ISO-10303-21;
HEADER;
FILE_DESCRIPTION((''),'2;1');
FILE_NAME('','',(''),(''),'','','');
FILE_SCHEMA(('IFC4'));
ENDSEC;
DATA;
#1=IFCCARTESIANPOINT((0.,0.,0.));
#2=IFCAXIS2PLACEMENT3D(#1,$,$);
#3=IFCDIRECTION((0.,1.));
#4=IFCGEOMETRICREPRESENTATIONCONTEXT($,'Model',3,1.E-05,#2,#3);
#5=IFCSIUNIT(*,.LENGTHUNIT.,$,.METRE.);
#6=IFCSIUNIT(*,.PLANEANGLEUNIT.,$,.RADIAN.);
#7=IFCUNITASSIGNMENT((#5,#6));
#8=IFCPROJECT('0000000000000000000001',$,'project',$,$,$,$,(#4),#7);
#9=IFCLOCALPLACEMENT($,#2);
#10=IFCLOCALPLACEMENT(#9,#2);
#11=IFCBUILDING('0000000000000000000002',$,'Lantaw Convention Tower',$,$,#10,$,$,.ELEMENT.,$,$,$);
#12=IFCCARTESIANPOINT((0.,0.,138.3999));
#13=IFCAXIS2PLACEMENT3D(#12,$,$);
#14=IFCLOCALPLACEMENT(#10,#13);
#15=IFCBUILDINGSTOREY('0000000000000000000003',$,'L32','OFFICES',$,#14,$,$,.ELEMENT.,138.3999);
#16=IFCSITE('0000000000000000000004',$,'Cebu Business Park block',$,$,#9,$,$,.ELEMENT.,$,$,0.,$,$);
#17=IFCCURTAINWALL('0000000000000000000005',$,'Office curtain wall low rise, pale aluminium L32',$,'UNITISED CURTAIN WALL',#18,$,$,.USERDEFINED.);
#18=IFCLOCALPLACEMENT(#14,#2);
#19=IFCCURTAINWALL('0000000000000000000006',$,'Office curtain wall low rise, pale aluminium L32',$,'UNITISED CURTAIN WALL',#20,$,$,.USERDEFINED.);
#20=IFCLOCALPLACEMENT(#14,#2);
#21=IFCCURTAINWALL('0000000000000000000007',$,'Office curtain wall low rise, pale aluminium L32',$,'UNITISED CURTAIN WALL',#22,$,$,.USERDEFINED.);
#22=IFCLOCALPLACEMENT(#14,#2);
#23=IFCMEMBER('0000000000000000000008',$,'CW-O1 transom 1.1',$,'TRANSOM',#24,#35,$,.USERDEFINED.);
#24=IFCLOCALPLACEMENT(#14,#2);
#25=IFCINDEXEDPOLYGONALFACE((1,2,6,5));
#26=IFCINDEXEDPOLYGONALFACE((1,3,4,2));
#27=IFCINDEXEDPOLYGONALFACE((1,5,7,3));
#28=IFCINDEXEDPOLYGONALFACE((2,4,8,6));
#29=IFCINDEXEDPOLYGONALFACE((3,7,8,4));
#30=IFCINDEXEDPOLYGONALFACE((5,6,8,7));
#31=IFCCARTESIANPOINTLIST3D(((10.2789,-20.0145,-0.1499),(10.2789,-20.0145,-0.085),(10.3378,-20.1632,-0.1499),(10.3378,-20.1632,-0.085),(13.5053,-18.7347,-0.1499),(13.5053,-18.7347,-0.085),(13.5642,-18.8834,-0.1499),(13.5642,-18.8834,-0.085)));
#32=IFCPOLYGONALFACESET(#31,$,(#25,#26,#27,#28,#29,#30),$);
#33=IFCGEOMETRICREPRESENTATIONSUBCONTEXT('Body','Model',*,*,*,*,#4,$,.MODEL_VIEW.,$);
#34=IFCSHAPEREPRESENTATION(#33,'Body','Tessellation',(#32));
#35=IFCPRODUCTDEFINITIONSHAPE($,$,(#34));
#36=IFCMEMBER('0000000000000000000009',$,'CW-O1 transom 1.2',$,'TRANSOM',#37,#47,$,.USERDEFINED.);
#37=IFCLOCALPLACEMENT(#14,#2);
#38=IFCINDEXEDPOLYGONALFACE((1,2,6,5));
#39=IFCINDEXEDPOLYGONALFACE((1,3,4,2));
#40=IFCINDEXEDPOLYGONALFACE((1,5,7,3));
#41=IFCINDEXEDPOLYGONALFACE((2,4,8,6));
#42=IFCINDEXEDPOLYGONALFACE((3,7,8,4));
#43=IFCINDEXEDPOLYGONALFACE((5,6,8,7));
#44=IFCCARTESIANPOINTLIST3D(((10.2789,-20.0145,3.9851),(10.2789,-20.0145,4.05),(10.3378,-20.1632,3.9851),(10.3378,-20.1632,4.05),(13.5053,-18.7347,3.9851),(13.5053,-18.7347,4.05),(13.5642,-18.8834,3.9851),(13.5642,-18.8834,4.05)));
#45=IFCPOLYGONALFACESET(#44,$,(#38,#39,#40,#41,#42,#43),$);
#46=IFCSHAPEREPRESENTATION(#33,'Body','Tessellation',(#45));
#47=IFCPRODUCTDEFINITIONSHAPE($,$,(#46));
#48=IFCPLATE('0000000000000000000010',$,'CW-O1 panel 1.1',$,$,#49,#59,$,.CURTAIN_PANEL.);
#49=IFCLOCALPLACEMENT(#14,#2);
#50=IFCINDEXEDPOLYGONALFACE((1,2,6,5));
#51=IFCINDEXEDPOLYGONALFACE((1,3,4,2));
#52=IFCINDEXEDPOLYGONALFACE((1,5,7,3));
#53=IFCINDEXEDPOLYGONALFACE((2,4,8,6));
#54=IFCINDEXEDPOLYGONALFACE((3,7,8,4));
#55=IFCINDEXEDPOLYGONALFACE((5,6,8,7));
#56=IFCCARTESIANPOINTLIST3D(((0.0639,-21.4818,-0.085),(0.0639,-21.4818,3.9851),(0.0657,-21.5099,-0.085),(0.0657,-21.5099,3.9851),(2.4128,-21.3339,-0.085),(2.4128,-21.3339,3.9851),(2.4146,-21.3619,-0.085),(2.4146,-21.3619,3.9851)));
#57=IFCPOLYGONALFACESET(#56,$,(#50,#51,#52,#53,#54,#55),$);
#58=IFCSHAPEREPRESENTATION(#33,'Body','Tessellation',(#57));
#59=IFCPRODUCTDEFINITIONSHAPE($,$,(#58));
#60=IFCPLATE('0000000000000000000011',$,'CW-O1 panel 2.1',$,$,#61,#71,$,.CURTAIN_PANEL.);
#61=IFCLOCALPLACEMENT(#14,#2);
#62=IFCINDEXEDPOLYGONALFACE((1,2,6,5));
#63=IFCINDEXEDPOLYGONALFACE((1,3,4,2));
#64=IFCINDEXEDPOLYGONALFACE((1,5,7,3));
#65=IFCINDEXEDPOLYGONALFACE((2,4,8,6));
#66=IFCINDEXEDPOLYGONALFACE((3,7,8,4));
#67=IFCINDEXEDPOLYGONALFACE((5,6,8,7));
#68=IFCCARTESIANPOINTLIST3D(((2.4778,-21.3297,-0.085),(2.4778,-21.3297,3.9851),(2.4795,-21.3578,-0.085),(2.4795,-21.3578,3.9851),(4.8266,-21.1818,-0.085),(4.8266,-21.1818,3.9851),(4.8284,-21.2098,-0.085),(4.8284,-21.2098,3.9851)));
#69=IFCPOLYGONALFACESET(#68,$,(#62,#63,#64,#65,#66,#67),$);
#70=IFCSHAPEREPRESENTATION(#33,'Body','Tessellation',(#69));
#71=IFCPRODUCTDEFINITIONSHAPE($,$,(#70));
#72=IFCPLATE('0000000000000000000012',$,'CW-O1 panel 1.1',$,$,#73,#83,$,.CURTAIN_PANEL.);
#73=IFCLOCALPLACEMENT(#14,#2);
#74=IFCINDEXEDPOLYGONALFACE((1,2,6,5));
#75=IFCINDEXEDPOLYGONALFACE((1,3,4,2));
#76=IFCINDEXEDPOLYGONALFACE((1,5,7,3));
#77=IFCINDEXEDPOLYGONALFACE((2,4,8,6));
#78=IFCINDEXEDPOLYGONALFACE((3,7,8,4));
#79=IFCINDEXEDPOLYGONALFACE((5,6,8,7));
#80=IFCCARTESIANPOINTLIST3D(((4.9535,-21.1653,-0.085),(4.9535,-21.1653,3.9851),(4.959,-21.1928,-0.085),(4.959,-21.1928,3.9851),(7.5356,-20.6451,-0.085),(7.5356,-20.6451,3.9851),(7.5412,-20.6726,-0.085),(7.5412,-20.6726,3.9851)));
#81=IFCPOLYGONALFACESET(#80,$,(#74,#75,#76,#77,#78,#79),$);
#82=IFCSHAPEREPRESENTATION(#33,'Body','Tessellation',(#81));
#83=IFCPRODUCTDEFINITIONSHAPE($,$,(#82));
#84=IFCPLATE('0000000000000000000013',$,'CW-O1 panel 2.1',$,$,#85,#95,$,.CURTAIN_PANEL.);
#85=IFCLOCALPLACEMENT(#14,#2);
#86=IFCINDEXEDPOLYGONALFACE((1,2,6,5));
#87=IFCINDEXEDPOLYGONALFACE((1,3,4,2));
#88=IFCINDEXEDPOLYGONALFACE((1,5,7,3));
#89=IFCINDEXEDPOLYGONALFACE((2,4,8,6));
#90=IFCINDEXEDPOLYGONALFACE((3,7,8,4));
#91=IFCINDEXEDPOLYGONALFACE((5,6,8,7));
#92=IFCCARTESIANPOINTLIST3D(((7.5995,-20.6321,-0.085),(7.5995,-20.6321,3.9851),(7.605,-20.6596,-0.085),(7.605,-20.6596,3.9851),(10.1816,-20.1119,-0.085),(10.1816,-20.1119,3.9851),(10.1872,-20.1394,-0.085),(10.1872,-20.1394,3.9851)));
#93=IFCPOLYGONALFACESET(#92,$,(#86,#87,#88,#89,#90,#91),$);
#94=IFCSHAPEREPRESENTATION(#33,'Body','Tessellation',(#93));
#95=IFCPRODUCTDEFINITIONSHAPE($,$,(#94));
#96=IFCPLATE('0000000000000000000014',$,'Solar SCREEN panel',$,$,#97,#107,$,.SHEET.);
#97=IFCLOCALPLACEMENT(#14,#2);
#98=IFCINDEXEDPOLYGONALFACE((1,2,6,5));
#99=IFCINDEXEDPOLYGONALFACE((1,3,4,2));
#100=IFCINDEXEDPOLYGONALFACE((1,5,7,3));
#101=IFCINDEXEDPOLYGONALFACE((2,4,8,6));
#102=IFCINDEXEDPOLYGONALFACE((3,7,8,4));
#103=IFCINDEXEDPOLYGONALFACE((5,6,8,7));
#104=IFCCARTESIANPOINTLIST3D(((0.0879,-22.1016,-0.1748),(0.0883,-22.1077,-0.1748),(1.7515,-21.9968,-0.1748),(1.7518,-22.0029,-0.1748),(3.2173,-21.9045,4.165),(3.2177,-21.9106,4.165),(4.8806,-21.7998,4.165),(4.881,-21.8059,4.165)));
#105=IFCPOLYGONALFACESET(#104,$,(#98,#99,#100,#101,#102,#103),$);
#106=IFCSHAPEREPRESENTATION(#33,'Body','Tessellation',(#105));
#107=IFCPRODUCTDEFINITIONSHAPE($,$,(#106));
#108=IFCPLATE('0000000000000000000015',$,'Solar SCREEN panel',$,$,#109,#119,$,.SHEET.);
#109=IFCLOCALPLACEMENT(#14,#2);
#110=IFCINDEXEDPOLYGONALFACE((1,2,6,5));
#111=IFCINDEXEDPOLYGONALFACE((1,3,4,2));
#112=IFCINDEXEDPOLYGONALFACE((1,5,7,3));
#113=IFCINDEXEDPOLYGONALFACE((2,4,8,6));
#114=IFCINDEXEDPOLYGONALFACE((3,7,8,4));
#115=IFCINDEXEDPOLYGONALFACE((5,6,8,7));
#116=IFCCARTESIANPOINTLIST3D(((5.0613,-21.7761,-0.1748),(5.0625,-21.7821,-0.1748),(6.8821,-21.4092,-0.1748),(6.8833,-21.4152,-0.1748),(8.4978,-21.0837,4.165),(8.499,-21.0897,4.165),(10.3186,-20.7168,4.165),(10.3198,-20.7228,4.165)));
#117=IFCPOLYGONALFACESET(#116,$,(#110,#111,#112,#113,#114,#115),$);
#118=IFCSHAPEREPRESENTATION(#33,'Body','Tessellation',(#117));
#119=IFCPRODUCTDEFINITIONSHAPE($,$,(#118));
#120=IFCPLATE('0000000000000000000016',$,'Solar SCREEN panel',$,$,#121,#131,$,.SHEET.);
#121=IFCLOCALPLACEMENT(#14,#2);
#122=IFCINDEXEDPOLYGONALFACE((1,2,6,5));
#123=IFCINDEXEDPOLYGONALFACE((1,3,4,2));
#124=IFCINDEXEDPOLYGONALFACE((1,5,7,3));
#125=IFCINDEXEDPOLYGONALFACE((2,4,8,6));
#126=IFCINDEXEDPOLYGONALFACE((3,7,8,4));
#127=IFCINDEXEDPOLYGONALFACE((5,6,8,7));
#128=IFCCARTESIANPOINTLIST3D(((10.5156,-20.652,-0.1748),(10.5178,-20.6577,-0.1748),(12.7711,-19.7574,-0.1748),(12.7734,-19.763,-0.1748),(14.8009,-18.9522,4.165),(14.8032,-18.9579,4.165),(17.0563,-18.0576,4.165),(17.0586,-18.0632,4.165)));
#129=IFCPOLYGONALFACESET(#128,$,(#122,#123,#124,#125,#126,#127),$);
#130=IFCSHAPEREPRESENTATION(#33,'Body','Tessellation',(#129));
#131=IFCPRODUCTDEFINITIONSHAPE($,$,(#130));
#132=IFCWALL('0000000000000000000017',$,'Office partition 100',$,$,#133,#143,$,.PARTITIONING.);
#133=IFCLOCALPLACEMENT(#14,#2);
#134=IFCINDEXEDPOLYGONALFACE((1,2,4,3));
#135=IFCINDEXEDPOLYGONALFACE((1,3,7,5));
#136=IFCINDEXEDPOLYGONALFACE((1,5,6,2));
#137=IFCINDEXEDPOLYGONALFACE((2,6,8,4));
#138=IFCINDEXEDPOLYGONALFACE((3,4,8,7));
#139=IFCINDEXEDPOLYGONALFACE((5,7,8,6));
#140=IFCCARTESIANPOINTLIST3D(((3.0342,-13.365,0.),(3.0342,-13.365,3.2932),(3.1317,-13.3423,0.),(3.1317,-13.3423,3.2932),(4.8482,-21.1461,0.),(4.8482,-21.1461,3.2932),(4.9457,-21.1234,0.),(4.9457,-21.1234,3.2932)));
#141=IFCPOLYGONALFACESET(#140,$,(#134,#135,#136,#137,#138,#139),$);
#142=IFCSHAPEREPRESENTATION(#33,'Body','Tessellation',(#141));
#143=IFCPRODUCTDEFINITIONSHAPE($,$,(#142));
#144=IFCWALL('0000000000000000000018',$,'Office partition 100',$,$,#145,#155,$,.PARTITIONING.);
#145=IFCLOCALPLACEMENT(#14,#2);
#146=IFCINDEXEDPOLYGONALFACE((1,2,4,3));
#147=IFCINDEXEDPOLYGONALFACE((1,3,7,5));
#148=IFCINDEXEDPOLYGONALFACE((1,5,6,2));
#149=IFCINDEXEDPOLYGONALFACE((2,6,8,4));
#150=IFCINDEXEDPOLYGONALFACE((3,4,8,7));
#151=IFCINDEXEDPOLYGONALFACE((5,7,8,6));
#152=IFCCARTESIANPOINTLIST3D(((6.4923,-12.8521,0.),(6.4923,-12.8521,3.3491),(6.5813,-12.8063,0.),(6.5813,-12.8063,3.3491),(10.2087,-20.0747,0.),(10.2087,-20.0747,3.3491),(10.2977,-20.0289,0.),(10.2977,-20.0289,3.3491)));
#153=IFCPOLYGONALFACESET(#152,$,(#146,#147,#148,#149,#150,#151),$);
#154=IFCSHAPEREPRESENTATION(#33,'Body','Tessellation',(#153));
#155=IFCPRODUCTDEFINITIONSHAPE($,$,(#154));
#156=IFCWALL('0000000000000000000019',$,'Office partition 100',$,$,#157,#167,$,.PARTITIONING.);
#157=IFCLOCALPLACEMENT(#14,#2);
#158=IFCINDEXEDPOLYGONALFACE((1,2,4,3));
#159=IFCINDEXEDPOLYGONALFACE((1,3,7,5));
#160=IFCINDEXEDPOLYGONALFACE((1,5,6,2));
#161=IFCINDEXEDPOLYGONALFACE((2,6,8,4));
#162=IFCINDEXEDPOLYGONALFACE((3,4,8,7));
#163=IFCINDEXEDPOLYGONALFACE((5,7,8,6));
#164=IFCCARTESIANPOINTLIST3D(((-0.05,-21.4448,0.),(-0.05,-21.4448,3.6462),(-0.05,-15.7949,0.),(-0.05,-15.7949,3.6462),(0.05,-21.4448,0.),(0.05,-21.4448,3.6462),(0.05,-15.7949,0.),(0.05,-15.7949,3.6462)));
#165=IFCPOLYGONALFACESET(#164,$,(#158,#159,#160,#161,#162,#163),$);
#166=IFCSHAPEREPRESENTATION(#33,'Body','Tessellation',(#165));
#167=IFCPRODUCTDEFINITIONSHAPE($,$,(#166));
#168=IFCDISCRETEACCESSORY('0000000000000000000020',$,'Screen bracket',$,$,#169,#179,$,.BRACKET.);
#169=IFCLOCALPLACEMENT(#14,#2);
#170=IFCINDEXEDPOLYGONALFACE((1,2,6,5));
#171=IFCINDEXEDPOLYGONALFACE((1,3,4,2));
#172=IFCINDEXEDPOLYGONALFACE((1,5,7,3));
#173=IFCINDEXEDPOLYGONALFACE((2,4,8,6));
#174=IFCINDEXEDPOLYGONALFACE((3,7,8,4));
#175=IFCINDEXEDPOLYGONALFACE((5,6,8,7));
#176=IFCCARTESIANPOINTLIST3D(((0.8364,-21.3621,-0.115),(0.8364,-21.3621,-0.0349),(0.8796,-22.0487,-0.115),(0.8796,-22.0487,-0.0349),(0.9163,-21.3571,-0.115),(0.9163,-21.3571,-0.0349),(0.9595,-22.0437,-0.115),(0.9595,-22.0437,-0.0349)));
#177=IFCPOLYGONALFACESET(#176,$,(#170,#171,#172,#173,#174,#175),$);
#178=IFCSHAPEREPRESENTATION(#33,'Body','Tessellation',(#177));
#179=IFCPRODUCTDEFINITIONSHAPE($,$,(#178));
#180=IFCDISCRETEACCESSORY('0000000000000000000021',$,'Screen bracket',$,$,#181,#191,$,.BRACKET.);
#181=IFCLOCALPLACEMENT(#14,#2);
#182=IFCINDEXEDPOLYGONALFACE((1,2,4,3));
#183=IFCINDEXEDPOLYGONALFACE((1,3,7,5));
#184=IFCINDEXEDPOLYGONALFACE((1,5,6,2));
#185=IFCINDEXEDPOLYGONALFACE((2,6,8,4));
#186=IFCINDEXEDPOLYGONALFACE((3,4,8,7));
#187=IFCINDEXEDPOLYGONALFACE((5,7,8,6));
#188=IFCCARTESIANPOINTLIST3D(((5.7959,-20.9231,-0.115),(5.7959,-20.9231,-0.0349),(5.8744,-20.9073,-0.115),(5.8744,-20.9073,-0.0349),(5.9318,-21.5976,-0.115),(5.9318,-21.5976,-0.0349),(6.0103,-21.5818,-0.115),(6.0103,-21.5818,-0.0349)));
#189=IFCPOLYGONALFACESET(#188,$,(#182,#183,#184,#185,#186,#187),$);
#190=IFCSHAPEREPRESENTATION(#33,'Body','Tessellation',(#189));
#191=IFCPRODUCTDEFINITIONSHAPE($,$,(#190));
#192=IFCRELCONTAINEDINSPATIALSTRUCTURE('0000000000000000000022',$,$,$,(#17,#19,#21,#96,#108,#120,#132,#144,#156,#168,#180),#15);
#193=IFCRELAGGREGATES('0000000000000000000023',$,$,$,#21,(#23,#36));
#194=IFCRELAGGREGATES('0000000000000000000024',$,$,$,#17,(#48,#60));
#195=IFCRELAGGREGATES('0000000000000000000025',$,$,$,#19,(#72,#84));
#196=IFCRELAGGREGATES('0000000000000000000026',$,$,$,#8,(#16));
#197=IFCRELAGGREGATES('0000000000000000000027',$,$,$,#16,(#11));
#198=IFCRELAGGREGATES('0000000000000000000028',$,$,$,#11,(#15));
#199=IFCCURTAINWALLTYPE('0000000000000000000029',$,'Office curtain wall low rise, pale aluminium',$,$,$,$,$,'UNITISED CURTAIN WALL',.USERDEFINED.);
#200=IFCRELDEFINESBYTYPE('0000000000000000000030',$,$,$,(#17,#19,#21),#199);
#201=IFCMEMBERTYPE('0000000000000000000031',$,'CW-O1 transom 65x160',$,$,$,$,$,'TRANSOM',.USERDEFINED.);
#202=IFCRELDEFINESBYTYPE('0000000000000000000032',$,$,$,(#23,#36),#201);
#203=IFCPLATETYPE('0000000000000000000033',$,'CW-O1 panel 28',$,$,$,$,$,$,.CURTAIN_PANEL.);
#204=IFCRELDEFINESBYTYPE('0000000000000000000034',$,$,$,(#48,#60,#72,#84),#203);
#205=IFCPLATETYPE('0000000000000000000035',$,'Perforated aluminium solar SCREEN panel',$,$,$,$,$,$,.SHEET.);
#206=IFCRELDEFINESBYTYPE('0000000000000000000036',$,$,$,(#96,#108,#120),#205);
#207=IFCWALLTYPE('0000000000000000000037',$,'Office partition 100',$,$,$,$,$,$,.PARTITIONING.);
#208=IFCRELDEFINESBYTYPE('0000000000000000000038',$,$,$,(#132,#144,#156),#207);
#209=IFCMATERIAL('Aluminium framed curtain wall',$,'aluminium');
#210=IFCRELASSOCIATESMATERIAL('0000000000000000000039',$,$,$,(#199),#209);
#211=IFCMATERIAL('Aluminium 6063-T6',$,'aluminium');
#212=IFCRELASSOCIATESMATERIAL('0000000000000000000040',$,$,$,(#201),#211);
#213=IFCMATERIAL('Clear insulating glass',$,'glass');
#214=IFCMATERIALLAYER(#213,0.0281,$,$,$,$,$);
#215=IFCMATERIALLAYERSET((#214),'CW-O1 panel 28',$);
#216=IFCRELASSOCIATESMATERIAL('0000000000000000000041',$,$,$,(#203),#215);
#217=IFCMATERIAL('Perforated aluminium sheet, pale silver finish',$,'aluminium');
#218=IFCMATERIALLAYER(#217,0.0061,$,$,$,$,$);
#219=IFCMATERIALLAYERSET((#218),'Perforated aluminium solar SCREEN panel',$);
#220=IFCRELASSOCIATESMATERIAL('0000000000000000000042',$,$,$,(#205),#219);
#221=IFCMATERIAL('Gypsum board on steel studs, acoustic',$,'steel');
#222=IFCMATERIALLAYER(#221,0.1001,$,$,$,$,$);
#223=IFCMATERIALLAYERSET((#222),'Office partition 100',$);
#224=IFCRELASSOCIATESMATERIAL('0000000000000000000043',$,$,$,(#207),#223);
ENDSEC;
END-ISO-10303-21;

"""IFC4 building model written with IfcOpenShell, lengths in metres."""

from ifc_helpers import new_model, si_unit, direction, frame, frame_2d, origin, origin_2d, place, context, subcontext, project, spatial, polyline, rectangle, outline, extrude, material, layer, layer_set, material_profile, profile_set, type_object, element, aggregate, save


model = new_model("IFC4")

# Units and contexts
model_context = context("Model", 3, precision=1e-05, world=origin(), true_north=direction((0.0, 1.0)))
body_context = subcontext(model_context, "Body", "Model", "MODEL_VIEW")
ifc_project = project(units=[si_unit("LENGTHUNIT", "METRE"), si_unit("PLANEANGLEUNIT", "RADIAN")], contexts=[model_context])

# Site, building, storey
site_placement = place(None, origin())
site = spatial("IfcSite", under=ifc_project, at=site_placement, Name="Cebu Business Park block", CompositionType="ELEMENT", RefElevation=0.0)
building_placement = place(site_placement, origin())
building = spatial("IfcBuilding", under=site, at=building_placement, Name="Lantaw Convention Tower", CompositionType="ELEMENT")
storey_placement = place(building_placement, frame((0.0, 0.0, 138.3999)))
storey = spatial("IfcBuildingStorey", under=building, at=storey_placement, Name="L32", Description="OFFICES", CompositionType="ELEMENT", Elevation=138.3999)

# Curtain walls
ifc_material_1 = material(Name="Aluminium framed curtain wall", Category="aluminium")
curtain_wall_type = type_object("IfcCurtainWallType", Name="Office curtain wall low rise, pale aluminium", ElementType="UNITISED CURTAIN WALL", PredefinedType="USERDEFINED", material=ifc_material_1)
curtain_wall_1_placement = place(storey_placement, origin())
curtain_wall_1 = element("IfcCurtainWall", 1, at=curtain_wall_1_placement, inside=storey, type_object=curtain_wall_type, Name="Office curtain wall low rise, pale aluminium L32", ObjectType="UNITISED CURTAIN WALL", PredefinedType="USERDEFINED")
ifc_material_2 = material(Name="Aluminium 6063-T6", Category="aluminium")
curtain_wall_2_placement = place(storey_placement, origin())
curtain_wall_2 = element("IfcCurtainWall", 2, at=curtain_wall_2_placement, inside=storey, type_object=curtain_wall_type, Name="Office curtain wall low rise, pale aluminium L32", ObjectType="UNITISED CURTAIN WALL", PredefinedType="USERDEFINED")

# Curtain wall
curtain_wall_3_placement = place(storey_placement, origin())
curtain_wall_3 = element("IfcCurtainWall", 3, at=curtain_wall_3_placement, inside=storey, type_object=curtain_wall_type, Name="Office curtain wall low rise, pale aluminium L32", ObjectType="UNITISED CURTAIN WALL", PredefinedType="USERDEFINED")

# Members
ifc_material_profile_1 = material_profile(ifc_material_2, rectangle(XDim=0.1599, YDim=0.0649, at=origin_2d()), Name="CW-O1 transom 65x160")
ifc_profile_set_1 = profile_set([ifc_material_profile_1], Name="Aluminium 6063-T6")
member_type_1 = type_object("IfcMemberType", Name="CW-O1 transom 65x160", ElementType="TRANSOM", PredefinedType="USERDEFINED", material=ifc_profile_set_1)
member_1_placement = place(storey_placement, frame((10.3083, -20.0889, -0.1174), z_axis=(0.92954, 0.368721, 0.0), x_axis=(-0.368721, 0.92954, 0.0)))
member_1 = element("IfcMember", 4, at=member_1_placement, type_object=member_type_1, Name="CW-O1 transom 1.1", ObjectType="TRANSOM", PredefinedType="USERDEFINED", context=body_context, shape_type="SweptSolid", body=[
    extrude(rectangle(XDim=0.1599, YDim=0.0649, at=origin_2d()), origin(), (0.0, 0.0, 1.0), 3.4709),
])
member_2_placement = place(storey_placement, frame((10.3083, -20.0889, 4.0176), z_axis=(0.92954, 0.368721, 0.0), x_axis=(-0.368721, 0.92954, 0.0)))
member_2 = element("IfcMember", 5, at=member_2_placement, type_object=member_type_1, Name="CW-O1 transom 1.2", ObjectType="TRANSOM", PredefinedType="USERDEFINED", context=body_context, shape_type="SweptSolid", body=[
    extrude(rectangle(XDim=0.1599, YDim=0.0649, at=origin_2d()), origin(), (0.0, 0.0, 1.0), 3.4709),
])
aggregate(curtain_wall_3, [member_1, member_2])

# Plates
ifc_material_3 = material(Name="Clear insulating glass", Category="glass")
ifc_layer_1 = layer(ifc_material_3, 0.0281)
ifc_layer_set_1 = layer_set([ifc_layer_1], Name="CW-O1 panel 28")
plate_type_1 = type_object("IfcPlateType", Name="CW-O1 panel 28", PredefinedType="CURTAIN_PANEL", material=ifc_layer_set_1)
plate_1_placement = place(storey_placement, frame((1.2393, -21.4219, -0.085), z_axis=(0.0, 0.0, 1.0), x_axis=(0.998022, 0.062865, 0.0)))
plate_1 = element("IfcPlate", 6, at=plate_1_placement, type_object=plate_type_1, Name="CW-O1 panel 1.1", PredefinedType="CURTAIN_PANEL", context=body_context, shape_type="SweptSolid", body=[
    extrude(rectangle(XDim=2.3535, YDim=0.0281, at=origin_2d()), origin(), (0.0, 0.0, 1.0), 4.0701),
])
plate_2_placement = place(storey_placement, frame((3.6531, -21.2698, -0.085), z_axis=(0.0, 0.0, 1.0), x_axis=(0.998022, 0.062865, 0.0)))
plate_2 = element("IfcPlate", 7, at=plate_2_placement, type_object=plate_type_1, Name="CW-O1 panel 2.1", PredefinedType="CURTAIN_PANEL", context=body_context, shape_type="SweptSolid", body=[
    extrude(rectangle(XDim=2.3535, YDim=0.0281, at=origin_2d()), origin(), (0.0, 0.0, 1.0), 4.0701),
])
aggregate(curtain_wall_1, [plate_1, plate_2])
plate_3_placement = place(storey_placement, frame((6.2473, -20.9189, -0.085), z_axis=(0.0, 0.0, 1.0), x_axis=(0.980302, 0.197507, 0.0)))
plate_3 = element("IfcPlate", 8, at=plate_3_placement, type_object=plate_type_1, Name="CW-O1 panel 1.1", PredefinedType="CURTAIN_PANEL", context=body_context, shape_type="SweptSolid", body=[
    extrude(rectangle(XDim=2.634, YDim=0.0281, at=origin_2d()), origin(), (0.0, 0.0, 1.0), 4.0701),
])
plate_4_placement = place(storey_placement, frame((8.8933, -20.3857, -0.085), z_axis=(0.0, 0.0, 1.0), x_axis=(0.980302, 0.197507, 0.0)))
plate_4 = element("IfcPlate", 9, at=plate_4_placement, type_object=plate_type_1, Name="CW-O1 panel 2.1", PredefinedType="CURTAIN_PANEL", context=body_context, shape_type="SweptSolid", body=[
    extrude(rectangle(XDim=2.634, YDim=0.0281, at=origin_2d()), origin(), (0.0, 0.0, 1.0), 4.0701),
])
aggregate(curtain_wall_2, [plate_3, plate_4])

# Plates
ifc_material_4 = material(Name="Perforated aluminium sheet, pale silver finish", Category="aluminium")
ifc_layer_2 = layer(ifc_material_4, 0.0061)
ifc_layer_set_2 = layer_set([ifc_layer_2], Name="Perforated aluminium solar SCREEN panel")
plate_type_2 = type_object("IfcPlateType", Name="Perforated aluminium solar SCREEN panel", PredefinedType="SHEET", material=ifc_layer_set_2)
plate_5_placement = place(storey_placement, frame((0.0879, -22.1016, -0.1748), z_axis=(-0.062839, 0.998024, 0.000002), x_axis=(0.998024, 0.062839, 0.0)))
element("IfcPlate", 10, at=plate_5_placement, inside=storey, type_object=plate_type_2, Name="Solar SCREEN panel", PredefinedType="SHEET", context=body_context, shape_type="SweptSolid", body=[
    extrude(outline(polyline([(0.0, 0.0), (1.6669, 0.0), (4.8022, -4.3398), (3.1356, -4.3398), (0.0, 0.0)])), origin(), (0.0, 0.0, -1.0), 0.0061),
])
plate_6_placement = place(storey_placement, frame((5.0613, -21.7761, -0.1748), z_axis=(-0.197557, 0.980291, 0.000039), x_axis=(0.980291, 0.197557, 0.0)))
element("IfcPlate", 11, at=plate_6_placement, inside=storey, type_object=plate_type_2, Name="Solar SCREEN panel", PredefinedType="SHEET", context=body_context, shape_type="SweptSolid", body=[
    extrude(outline(polyline([(0.0, 0.0), (1.8574, 0.0), (5.363, -4.3398), (3.5056, -4.3398), (0.0, 0.0)])), origin(), (0.0, 0.0, -1.0), 0.0061),
])
plate_7_placement = place(storey_placement, frame((10.5178, -20.6577, -0.1748), z_axis=(0.368709, -0.929545, 0.000011), x_axis=(0.929545, 0.368709, 0.0)))
element("IfcPlate", 12, at=plate_7_placement, inside=storey, type_object=plate_type_2, Name="Solar SCREEN panel", PredefinedType="SHEET", context=body_context, shape_type="SweptSolid", body=[
    extrude(outline(polyline([(0.0, 0.0), (2.4265, 0.0), (7.0365, 4.3398), (4.6102, 4.3398), (0.0, 0.0)])), origin(), (0.0, 0.0, -1.0), 0.0061),
])

# Walls
ifc_material_5 = material(Name="Gypsum board on steel studs, acoustic", Category="steel")
ifc_layer_3 = layer(ifc_material_5, 0.1001)
ifc_layer_set_3 = layer_set([ifc_layer_3], Name="Office partition 100")
wall_type = type_object("IfcWallType", Name="Office partition 100", PredefinedType="PARTITIONING", material=ifc_layer_set_3)
wall_1_placement = place(storey_placement, frame((4.897, -21.1348, 0.0), z_axis=(0.0, 0.0, 1.0), x_axis=(-0.227039, 0.973886, 0.0)))
element("IfcWall", 13, at=wall_1_placement, inside=storey, type_object=wall_type, Name="Office partition 100", PredefinedType="PARTITIONING", context=body_context, shape_type="SweptSolid", body=[
    extrude(rectangle(XDim=7.9897, YDim=0.1001, at=frame_2d((3.9949, 0.0))), origin(), (0.0, 0.0, 1.0), 3.2932),
])
wall_2_placement = place(storey_placement, frame((10.2532, -20.0518, 0.0), z_axis=(0.0, 0.0, 1.0), x_axis=(-0.457535, 0.889191, 0.0)))
element("IfcWall", 14, at=wall_2_placement, inside=storey, type_object=wall_type, Name="Office partition 100", PredefinedType="PARTITIONING", context=body_context, shape_type="SweptSolid", body=[
    extrude(rectangle(XDim=8.1226, YDim=0.1001, at=frame_2d((4.0613, 0.0))), origin(), (0.0, 0.0, 1.0), 3.3491),
])
wall_3_placement = place(storey_placement, frame((0.0, -21.4448, 0.0), z_axis=(0.0, 0.0, 1.0), x_axis=(0.0, 1.0, 0.0)))
element("IfcWall", 15, at=wall_3_placement, inside=storey, type_object=wall_type, Name="Office partition 100", PredefinedType="PARTITIONING", context=body_context, shape_type="SweptSolid", body=[
    extrude(rectangle(XDim=5.6499, YDim=0.1001, at=frame_2d((2.825, 0.0))), origin(), (0.0, 0.0, 1.0), 3.6462),
])

# Discrete accessories
for number, where, z_axis, x_axis, name in (
    (16, (0.8979, -21.7029, -0.115), (0.0, 0.0, 1.0), (0.998022, 0.062865, 0.0), "Screen bracket"),
    (17, (5.9031, -21.2524, -0.115), (0.0, 0.0, 1.0), (0.980302, 0.197507, 0.0), "Screen bracket"),
):
    element("IfcDiscreteAccessory", number, at=place(storey_placement, frame(where, z_axis=z_axis, x_axis=x_axis)), inside=storey, Name=name, PredefinedType="BRACKET", context=body_context, shape_type="SweptSolid", body=[
        extrude(rectangle(XDim=0.0801, YDim=0.688, at=origin_2d()), origin(), (0.0, 0.0, 1.0), 0.0801),
    ])

save(model, "model.ifc")
